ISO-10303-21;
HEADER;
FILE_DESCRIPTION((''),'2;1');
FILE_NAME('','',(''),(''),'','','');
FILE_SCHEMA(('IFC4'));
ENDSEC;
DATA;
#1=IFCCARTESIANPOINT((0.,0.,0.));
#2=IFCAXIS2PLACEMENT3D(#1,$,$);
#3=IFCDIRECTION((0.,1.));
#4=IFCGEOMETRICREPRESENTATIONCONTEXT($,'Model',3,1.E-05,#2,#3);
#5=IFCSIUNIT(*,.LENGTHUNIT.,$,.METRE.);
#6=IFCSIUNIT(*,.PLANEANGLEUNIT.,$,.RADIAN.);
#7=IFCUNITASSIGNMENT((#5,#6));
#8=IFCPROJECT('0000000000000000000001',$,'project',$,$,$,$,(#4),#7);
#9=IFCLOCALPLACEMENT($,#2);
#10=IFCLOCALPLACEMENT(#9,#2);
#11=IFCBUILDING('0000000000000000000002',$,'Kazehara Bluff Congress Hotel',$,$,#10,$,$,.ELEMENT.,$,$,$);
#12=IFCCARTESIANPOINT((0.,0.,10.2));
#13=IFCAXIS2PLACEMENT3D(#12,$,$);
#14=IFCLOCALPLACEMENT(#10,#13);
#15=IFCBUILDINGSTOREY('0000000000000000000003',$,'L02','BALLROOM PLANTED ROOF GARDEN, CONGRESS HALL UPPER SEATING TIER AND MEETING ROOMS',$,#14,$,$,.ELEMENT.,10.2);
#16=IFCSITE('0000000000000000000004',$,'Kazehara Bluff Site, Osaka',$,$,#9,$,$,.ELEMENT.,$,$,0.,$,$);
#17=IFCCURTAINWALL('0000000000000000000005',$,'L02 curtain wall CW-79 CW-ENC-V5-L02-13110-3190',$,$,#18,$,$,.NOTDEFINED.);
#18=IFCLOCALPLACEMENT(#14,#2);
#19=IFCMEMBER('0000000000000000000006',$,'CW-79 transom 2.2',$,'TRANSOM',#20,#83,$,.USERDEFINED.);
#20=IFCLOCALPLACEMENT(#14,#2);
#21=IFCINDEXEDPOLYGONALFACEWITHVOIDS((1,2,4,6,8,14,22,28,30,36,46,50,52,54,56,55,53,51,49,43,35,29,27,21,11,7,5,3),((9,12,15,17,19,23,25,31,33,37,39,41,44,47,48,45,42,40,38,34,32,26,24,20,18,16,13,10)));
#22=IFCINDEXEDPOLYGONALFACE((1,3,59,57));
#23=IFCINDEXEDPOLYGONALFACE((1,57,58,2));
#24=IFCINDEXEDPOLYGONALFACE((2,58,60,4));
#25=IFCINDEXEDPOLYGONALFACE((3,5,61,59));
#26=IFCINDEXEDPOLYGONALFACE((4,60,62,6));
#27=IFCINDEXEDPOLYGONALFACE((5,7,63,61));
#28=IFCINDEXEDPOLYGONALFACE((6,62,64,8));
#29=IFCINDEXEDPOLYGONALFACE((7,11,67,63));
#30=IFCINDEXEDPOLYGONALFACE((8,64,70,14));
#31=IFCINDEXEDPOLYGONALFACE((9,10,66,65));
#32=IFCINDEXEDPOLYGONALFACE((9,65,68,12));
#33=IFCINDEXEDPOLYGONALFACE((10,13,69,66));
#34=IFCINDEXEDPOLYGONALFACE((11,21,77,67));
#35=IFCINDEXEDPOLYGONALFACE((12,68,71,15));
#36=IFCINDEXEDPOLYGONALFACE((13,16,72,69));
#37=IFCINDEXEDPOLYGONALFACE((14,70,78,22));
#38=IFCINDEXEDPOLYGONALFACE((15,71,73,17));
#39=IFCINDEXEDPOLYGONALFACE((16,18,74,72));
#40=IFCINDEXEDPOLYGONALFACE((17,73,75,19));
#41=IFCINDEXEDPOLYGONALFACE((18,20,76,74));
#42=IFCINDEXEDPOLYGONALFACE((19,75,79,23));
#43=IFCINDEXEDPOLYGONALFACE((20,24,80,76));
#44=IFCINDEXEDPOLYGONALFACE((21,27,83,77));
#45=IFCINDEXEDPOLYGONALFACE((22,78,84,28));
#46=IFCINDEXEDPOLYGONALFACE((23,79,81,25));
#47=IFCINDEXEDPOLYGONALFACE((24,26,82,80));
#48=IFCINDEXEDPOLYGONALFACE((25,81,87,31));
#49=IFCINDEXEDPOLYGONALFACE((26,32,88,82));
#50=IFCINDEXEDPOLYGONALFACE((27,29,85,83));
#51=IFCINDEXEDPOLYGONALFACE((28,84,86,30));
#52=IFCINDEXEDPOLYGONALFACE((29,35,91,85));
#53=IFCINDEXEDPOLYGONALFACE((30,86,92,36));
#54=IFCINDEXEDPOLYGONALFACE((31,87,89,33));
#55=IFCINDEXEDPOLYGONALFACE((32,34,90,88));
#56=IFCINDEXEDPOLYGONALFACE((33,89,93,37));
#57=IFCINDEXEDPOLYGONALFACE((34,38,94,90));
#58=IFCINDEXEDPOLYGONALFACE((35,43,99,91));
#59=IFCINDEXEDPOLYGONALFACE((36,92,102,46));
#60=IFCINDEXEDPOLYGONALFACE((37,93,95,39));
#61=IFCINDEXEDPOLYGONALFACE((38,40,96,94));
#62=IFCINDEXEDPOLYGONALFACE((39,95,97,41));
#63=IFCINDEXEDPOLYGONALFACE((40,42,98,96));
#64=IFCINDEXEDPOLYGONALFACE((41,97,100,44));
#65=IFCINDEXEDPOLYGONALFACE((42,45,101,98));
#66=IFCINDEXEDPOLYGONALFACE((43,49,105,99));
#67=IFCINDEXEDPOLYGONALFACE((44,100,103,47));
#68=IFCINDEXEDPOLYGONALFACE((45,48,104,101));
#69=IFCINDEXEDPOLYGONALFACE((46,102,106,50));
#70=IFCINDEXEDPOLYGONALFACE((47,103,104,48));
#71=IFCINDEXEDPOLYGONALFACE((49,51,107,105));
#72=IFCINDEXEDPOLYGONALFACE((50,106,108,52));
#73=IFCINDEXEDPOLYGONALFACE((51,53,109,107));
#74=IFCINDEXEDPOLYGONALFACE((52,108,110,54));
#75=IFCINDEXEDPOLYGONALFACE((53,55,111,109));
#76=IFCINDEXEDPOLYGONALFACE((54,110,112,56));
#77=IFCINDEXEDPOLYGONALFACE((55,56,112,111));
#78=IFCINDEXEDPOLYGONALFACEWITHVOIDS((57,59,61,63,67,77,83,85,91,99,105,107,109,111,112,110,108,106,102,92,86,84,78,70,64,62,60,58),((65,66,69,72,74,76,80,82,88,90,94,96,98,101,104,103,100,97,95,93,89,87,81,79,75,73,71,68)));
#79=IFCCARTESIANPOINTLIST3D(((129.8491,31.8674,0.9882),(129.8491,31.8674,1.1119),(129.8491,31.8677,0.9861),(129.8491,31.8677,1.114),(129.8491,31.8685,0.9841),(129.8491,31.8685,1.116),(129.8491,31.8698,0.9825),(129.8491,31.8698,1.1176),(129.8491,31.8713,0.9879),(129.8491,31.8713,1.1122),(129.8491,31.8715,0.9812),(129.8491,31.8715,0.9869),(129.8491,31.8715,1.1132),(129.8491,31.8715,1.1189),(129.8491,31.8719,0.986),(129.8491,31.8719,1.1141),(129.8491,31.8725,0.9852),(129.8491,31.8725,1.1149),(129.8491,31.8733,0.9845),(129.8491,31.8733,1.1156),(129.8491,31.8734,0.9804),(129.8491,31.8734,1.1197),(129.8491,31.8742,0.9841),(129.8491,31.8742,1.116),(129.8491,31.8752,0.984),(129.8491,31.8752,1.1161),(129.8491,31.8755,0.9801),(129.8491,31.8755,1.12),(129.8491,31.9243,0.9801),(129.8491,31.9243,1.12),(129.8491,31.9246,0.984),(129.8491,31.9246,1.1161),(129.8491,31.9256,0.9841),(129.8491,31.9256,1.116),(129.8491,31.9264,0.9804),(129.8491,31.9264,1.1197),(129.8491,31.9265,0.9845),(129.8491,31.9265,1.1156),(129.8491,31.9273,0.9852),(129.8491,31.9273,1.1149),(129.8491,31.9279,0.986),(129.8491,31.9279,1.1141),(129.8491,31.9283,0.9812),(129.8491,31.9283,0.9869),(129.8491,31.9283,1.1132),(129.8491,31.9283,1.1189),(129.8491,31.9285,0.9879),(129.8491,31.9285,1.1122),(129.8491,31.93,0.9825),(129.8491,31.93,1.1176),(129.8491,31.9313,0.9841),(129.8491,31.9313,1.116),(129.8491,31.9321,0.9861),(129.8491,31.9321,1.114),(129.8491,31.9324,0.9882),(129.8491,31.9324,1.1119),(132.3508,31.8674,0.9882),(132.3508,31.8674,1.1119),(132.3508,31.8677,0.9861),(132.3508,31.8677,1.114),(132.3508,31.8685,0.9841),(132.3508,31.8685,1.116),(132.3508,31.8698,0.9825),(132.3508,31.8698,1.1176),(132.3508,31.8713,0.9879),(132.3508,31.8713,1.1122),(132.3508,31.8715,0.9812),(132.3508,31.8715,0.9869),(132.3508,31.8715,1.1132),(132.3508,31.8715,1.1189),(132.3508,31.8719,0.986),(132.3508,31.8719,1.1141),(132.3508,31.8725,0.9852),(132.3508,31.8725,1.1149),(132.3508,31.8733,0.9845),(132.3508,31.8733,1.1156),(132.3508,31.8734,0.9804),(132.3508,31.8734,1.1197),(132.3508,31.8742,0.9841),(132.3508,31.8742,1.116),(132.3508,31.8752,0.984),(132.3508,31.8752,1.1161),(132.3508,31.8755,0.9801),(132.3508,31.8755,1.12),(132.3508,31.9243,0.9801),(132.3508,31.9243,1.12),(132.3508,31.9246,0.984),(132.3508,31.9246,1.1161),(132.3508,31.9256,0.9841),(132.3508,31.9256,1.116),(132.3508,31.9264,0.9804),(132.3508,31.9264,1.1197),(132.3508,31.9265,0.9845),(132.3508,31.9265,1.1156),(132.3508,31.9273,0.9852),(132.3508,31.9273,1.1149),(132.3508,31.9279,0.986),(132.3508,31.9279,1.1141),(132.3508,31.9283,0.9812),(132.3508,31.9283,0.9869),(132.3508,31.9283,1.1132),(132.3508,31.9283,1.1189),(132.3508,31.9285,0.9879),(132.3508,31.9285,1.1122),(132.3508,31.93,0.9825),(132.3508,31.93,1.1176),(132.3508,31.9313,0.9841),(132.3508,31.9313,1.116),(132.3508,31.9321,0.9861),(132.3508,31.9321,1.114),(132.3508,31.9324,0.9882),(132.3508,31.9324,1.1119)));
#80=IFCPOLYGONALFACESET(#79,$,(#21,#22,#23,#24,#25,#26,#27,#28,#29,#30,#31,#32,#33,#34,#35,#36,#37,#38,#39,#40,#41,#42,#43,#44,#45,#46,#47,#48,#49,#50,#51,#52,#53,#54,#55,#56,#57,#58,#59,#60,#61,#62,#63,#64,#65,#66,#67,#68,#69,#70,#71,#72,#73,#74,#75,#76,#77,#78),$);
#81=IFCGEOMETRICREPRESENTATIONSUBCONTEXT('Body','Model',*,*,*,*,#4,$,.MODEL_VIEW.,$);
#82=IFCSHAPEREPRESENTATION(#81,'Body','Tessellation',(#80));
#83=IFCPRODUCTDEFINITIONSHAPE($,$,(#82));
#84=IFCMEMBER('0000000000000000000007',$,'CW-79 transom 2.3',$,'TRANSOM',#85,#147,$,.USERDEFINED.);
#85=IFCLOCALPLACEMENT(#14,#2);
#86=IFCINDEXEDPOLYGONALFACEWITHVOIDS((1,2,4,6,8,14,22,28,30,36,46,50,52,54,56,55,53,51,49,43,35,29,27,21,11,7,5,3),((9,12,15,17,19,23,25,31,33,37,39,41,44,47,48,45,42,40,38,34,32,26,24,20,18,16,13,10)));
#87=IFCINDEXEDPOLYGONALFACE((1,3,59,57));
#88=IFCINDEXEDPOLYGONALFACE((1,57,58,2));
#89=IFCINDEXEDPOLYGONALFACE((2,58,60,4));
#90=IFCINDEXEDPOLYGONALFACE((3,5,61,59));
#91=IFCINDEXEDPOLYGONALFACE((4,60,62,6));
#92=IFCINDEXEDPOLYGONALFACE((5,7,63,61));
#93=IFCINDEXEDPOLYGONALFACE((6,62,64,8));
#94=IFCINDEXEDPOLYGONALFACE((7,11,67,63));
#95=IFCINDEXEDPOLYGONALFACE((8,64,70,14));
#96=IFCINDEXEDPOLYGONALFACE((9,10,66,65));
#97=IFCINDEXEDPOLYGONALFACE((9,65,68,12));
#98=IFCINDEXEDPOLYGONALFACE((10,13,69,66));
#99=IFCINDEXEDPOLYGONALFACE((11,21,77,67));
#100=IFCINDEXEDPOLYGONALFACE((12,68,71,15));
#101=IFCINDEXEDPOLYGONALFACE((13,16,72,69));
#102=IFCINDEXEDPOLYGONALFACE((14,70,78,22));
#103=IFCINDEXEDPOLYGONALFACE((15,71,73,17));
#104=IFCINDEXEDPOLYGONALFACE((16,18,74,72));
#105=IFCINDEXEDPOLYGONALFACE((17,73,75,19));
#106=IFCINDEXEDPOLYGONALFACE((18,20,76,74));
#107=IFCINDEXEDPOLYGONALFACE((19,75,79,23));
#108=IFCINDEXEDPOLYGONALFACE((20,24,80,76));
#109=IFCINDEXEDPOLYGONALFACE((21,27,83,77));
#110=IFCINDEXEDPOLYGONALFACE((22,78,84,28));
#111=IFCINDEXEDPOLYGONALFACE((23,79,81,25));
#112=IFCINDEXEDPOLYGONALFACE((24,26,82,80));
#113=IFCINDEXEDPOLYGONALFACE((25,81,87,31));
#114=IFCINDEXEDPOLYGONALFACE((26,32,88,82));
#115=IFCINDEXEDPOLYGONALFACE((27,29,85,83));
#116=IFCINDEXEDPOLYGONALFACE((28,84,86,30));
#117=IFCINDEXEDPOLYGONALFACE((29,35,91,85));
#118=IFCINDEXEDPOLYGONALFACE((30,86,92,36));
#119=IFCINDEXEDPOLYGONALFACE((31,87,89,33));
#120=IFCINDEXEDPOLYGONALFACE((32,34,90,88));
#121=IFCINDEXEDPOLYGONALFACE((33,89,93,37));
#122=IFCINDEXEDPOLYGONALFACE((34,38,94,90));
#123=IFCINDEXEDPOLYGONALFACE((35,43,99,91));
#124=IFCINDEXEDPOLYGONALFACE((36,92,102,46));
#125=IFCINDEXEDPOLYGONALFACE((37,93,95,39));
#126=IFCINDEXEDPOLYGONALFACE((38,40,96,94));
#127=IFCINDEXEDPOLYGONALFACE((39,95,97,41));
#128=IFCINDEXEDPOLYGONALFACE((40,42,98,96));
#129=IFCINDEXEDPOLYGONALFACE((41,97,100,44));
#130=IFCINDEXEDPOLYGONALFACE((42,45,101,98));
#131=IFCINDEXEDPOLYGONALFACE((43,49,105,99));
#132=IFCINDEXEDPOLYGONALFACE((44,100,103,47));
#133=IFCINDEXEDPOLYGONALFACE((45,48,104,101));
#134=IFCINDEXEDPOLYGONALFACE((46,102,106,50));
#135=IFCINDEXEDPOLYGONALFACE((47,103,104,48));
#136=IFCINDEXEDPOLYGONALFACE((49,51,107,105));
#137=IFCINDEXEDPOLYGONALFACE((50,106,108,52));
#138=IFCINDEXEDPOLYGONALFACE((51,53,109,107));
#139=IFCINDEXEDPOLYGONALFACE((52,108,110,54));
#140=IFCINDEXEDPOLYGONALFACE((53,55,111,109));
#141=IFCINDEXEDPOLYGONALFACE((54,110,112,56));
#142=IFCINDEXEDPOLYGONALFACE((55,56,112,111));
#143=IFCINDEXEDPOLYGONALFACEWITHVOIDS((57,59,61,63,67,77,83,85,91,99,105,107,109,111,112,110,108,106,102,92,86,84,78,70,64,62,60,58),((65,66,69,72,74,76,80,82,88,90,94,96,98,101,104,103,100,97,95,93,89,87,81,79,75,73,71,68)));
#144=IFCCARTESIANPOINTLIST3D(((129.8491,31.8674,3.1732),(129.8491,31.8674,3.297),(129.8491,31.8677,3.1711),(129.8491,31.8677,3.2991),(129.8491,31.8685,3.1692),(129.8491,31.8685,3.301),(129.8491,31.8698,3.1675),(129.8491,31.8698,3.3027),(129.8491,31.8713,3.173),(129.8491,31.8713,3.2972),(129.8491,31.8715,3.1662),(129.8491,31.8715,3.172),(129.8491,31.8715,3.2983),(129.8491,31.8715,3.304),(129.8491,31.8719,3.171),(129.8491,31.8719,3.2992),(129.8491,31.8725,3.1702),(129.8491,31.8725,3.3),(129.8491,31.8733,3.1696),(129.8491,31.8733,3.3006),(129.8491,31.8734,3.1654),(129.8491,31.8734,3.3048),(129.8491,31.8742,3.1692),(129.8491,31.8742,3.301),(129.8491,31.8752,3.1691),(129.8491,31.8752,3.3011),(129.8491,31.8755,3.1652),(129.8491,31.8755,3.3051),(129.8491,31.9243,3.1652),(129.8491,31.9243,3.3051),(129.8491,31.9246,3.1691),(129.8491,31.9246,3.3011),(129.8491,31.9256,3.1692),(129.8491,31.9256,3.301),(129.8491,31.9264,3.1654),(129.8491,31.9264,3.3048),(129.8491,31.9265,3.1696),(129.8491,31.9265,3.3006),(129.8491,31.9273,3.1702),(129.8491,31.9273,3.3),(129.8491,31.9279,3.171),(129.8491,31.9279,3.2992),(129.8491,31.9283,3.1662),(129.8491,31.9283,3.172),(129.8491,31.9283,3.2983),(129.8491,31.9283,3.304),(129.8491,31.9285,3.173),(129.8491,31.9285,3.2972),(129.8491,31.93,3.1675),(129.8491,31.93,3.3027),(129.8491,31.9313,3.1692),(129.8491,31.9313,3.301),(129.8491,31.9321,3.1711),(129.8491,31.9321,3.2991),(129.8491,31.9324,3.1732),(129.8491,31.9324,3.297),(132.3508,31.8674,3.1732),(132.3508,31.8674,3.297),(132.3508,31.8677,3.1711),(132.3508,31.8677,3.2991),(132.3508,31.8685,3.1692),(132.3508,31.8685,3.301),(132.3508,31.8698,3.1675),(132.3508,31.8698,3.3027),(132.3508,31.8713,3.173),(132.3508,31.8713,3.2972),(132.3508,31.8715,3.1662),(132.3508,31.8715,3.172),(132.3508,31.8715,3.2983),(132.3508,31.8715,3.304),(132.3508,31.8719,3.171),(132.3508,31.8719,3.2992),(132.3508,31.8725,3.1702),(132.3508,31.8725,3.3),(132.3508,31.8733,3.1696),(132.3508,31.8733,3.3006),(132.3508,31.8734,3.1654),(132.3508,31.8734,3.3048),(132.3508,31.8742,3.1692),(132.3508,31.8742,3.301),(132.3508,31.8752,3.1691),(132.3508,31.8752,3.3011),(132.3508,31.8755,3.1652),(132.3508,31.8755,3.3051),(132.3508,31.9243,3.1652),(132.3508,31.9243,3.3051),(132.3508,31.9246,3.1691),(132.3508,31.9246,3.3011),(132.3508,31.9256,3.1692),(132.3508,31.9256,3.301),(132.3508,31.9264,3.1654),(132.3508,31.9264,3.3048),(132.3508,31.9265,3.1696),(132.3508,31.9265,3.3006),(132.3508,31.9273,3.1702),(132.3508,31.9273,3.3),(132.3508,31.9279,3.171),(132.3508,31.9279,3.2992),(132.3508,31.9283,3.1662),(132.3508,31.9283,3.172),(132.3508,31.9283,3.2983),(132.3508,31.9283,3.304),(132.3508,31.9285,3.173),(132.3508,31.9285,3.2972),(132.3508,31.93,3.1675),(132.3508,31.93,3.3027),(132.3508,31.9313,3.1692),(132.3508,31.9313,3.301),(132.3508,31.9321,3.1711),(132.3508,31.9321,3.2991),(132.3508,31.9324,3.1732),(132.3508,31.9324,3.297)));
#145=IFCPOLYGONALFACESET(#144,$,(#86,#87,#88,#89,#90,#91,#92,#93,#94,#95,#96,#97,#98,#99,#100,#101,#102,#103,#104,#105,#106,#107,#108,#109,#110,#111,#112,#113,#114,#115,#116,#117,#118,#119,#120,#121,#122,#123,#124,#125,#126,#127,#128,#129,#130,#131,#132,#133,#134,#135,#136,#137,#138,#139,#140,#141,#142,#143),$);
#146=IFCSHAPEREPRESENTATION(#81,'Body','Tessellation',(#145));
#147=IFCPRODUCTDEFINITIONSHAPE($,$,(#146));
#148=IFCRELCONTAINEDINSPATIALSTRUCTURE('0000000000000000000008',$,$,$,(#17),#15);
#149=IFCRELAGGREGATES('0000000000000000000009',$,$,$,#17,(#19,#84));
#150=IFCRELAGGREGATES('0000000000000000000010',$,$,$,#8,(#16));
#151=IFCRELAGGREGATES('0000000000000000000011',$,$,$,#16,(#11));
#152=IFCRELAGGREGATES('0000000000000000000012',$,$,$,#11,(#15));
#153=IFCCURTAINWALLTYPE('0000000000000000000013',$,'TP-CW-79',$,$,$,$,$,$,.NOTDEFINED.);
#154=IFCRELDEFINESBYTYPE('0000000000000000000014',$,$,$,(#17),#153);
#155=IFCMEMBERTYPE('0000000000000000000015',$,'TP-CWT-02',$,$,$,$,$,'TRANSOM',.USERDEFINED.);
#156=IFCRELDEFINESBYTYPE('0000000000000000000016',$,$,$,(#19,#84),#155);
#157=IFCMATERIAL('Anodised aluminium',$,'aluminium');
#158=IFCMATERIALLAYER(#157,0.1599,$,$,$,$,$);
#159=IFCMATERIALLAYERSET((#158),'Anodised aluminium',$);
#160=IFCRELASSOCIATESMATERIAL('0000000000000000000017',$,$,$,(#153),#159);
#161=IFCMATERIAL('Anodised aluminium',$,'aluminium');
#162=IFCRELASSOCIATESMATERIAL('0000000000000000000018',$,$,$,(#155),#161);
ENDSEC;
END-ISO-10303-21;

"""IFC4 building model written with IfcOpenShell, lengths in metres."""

from ifc_helpers import new_model, si_unit, direction, frame, origin, origin_2d, place, context, subcontext, project, spatial, hollow_rectangle, extrude, material, layer, layer_set, material_profile, profile_set, type_object, element, aggregate, save


model = new_model("IFC4")

# Units and contexts
model_context = context("Model", 3, precision=1e-05, world=origin(), true_north=direction((0.0, 1.0)))
body_context = subcontext(model_context, "Body", "Model", "MODEL_VIEW")
ifc_project = project(units=[si_unit("LENGTHUNIT", "METRE"), si_unit("PLANEANGLEUNIT", "RADIAN")], contexts=[model_context])

# Site, building, storey
site_placement = place(None, origin())
site = spatial("IfcSite", under=ifc_project, at=site_placement, Name="Kazehara Bluff Site, Osaka", CompositionType="ELEMENT", RefElevation=0.0)
building_placement = place(site_placement, origin())
building = spatial("IfcBuilding", under=site, at=building_placement, Name="Kazehara Bluff Congress Hotel", CompositionType="ELEMENT")
storey_placement = place(building_placement, frame((0.0, 0.0, 10.2)))
storey = spatial("IfcBuildingStorey", under=building, at=storey_placement, Name="L02", Description="BALLROOM PLANTED ROOF GARDEN, CONGRESS HALL UPPER SEATING TIER AND MEETING ROOMS", CompositionType="ELEMENT", Elevation=10.2)

# Curtain wall
ifc_material_1 = material(Name="Anodised aluminium", Category="aluminium")
ifc_layer_1 = layer(ifc_material_1, 0.1599)
ifc_layer_set_1 = layer_set([ifc_layer_1], Name="Anodised aluminium")
curtain_wall_type_1 = type_object("IfcCurtainWallType", Name="TP-CW-79", PredefinedType="NOTDEFINED", material=ifc_layer_set_1)
curtain_wall_1_placement = place(storey_placement, origin())
curtain_wall_1 = element("IfcCurtainWall", 1, at=curtain_wall_1_placement, inside=storey, type_object=curtain_wall_type_1, Name="L02 curtain wall CW-79 CW-ENC-V5-L02-13110-3190", PredefinedType="NOTDEFINED")

# Members
ifc_material_2 = material(Name="Anodised aluminium", Category="aluminium")
ifc_material_profile_1 = material_profile(ifc_material_2, hollow_rectangle(XDim=0.0649, YDim=0.1399, WallThickness=0.0039, InnerFilletRadius=0.0039, OuterFilletRadius=0.0081, at=origin_2d()))
ifc_profile_set_1 = profile_set([ifc_material_profile_1], Name="Anodised aluminium")
member_type_1 = type_object("IfcMemberType", Name="TP-CWT-02", ElementType="TRANSOM", PredefinedType="USERDEFINED", material=ifc_profile_set_1)
member_1_placement = place(storey_placement, frame((129.8491, 31.8999, 1.05), z_axis=(1.0, 0.0, 0.0), x_axis=(0.0, 1.0, 0.0)))
member_1 = element("IfcMember", 2, at=member_1_placement, type_object=member_type_1, Name="CW-79 transom 2.2", ObjectType="TRANSOM", PredefinedType="USERDEFINED", context=body_context, shape_type="SweptSolid", body=[
    extrude(hollow_rectangle(XDim=0.0649, YDim=0.1399, WallThickness=0.0039, InnerFilletRadius=0.0039, OuterFilletRadius=0.0081, at=origin_2d()), origin(), (0.0, 0.0, 1.0), 2.5017),
])
member_2_placement = place(storey_placement, frame((129.8491, 31.8999, 3.2351), z_axis=(1.0, 0.0, 0.0), x_axis=(0.0, 1.0, 0.0)))
member_2 = element("IfcMember", 3, at=member_2_placement, type_object=member_type_1, Name="CW-79 transom 2.3", ObjectType="TRANSOM", PredefinedType="USERDEFINED", context=body_context, shape_type="SweptSolid", body=[
    extrude(hollow_rectangle(XDim=0.0649, YDim=0.1399, WallThickness=0.0039, InnerFilletRadius=0.0039, OuterFilletRadius=0.0081, at=origin_2d()), origin(), (0.0, 0.0, 1.0), 2.5017),
])

aggregate(curtain_wall_1, [member_1, member_2])

save(model, "model.ifc")
